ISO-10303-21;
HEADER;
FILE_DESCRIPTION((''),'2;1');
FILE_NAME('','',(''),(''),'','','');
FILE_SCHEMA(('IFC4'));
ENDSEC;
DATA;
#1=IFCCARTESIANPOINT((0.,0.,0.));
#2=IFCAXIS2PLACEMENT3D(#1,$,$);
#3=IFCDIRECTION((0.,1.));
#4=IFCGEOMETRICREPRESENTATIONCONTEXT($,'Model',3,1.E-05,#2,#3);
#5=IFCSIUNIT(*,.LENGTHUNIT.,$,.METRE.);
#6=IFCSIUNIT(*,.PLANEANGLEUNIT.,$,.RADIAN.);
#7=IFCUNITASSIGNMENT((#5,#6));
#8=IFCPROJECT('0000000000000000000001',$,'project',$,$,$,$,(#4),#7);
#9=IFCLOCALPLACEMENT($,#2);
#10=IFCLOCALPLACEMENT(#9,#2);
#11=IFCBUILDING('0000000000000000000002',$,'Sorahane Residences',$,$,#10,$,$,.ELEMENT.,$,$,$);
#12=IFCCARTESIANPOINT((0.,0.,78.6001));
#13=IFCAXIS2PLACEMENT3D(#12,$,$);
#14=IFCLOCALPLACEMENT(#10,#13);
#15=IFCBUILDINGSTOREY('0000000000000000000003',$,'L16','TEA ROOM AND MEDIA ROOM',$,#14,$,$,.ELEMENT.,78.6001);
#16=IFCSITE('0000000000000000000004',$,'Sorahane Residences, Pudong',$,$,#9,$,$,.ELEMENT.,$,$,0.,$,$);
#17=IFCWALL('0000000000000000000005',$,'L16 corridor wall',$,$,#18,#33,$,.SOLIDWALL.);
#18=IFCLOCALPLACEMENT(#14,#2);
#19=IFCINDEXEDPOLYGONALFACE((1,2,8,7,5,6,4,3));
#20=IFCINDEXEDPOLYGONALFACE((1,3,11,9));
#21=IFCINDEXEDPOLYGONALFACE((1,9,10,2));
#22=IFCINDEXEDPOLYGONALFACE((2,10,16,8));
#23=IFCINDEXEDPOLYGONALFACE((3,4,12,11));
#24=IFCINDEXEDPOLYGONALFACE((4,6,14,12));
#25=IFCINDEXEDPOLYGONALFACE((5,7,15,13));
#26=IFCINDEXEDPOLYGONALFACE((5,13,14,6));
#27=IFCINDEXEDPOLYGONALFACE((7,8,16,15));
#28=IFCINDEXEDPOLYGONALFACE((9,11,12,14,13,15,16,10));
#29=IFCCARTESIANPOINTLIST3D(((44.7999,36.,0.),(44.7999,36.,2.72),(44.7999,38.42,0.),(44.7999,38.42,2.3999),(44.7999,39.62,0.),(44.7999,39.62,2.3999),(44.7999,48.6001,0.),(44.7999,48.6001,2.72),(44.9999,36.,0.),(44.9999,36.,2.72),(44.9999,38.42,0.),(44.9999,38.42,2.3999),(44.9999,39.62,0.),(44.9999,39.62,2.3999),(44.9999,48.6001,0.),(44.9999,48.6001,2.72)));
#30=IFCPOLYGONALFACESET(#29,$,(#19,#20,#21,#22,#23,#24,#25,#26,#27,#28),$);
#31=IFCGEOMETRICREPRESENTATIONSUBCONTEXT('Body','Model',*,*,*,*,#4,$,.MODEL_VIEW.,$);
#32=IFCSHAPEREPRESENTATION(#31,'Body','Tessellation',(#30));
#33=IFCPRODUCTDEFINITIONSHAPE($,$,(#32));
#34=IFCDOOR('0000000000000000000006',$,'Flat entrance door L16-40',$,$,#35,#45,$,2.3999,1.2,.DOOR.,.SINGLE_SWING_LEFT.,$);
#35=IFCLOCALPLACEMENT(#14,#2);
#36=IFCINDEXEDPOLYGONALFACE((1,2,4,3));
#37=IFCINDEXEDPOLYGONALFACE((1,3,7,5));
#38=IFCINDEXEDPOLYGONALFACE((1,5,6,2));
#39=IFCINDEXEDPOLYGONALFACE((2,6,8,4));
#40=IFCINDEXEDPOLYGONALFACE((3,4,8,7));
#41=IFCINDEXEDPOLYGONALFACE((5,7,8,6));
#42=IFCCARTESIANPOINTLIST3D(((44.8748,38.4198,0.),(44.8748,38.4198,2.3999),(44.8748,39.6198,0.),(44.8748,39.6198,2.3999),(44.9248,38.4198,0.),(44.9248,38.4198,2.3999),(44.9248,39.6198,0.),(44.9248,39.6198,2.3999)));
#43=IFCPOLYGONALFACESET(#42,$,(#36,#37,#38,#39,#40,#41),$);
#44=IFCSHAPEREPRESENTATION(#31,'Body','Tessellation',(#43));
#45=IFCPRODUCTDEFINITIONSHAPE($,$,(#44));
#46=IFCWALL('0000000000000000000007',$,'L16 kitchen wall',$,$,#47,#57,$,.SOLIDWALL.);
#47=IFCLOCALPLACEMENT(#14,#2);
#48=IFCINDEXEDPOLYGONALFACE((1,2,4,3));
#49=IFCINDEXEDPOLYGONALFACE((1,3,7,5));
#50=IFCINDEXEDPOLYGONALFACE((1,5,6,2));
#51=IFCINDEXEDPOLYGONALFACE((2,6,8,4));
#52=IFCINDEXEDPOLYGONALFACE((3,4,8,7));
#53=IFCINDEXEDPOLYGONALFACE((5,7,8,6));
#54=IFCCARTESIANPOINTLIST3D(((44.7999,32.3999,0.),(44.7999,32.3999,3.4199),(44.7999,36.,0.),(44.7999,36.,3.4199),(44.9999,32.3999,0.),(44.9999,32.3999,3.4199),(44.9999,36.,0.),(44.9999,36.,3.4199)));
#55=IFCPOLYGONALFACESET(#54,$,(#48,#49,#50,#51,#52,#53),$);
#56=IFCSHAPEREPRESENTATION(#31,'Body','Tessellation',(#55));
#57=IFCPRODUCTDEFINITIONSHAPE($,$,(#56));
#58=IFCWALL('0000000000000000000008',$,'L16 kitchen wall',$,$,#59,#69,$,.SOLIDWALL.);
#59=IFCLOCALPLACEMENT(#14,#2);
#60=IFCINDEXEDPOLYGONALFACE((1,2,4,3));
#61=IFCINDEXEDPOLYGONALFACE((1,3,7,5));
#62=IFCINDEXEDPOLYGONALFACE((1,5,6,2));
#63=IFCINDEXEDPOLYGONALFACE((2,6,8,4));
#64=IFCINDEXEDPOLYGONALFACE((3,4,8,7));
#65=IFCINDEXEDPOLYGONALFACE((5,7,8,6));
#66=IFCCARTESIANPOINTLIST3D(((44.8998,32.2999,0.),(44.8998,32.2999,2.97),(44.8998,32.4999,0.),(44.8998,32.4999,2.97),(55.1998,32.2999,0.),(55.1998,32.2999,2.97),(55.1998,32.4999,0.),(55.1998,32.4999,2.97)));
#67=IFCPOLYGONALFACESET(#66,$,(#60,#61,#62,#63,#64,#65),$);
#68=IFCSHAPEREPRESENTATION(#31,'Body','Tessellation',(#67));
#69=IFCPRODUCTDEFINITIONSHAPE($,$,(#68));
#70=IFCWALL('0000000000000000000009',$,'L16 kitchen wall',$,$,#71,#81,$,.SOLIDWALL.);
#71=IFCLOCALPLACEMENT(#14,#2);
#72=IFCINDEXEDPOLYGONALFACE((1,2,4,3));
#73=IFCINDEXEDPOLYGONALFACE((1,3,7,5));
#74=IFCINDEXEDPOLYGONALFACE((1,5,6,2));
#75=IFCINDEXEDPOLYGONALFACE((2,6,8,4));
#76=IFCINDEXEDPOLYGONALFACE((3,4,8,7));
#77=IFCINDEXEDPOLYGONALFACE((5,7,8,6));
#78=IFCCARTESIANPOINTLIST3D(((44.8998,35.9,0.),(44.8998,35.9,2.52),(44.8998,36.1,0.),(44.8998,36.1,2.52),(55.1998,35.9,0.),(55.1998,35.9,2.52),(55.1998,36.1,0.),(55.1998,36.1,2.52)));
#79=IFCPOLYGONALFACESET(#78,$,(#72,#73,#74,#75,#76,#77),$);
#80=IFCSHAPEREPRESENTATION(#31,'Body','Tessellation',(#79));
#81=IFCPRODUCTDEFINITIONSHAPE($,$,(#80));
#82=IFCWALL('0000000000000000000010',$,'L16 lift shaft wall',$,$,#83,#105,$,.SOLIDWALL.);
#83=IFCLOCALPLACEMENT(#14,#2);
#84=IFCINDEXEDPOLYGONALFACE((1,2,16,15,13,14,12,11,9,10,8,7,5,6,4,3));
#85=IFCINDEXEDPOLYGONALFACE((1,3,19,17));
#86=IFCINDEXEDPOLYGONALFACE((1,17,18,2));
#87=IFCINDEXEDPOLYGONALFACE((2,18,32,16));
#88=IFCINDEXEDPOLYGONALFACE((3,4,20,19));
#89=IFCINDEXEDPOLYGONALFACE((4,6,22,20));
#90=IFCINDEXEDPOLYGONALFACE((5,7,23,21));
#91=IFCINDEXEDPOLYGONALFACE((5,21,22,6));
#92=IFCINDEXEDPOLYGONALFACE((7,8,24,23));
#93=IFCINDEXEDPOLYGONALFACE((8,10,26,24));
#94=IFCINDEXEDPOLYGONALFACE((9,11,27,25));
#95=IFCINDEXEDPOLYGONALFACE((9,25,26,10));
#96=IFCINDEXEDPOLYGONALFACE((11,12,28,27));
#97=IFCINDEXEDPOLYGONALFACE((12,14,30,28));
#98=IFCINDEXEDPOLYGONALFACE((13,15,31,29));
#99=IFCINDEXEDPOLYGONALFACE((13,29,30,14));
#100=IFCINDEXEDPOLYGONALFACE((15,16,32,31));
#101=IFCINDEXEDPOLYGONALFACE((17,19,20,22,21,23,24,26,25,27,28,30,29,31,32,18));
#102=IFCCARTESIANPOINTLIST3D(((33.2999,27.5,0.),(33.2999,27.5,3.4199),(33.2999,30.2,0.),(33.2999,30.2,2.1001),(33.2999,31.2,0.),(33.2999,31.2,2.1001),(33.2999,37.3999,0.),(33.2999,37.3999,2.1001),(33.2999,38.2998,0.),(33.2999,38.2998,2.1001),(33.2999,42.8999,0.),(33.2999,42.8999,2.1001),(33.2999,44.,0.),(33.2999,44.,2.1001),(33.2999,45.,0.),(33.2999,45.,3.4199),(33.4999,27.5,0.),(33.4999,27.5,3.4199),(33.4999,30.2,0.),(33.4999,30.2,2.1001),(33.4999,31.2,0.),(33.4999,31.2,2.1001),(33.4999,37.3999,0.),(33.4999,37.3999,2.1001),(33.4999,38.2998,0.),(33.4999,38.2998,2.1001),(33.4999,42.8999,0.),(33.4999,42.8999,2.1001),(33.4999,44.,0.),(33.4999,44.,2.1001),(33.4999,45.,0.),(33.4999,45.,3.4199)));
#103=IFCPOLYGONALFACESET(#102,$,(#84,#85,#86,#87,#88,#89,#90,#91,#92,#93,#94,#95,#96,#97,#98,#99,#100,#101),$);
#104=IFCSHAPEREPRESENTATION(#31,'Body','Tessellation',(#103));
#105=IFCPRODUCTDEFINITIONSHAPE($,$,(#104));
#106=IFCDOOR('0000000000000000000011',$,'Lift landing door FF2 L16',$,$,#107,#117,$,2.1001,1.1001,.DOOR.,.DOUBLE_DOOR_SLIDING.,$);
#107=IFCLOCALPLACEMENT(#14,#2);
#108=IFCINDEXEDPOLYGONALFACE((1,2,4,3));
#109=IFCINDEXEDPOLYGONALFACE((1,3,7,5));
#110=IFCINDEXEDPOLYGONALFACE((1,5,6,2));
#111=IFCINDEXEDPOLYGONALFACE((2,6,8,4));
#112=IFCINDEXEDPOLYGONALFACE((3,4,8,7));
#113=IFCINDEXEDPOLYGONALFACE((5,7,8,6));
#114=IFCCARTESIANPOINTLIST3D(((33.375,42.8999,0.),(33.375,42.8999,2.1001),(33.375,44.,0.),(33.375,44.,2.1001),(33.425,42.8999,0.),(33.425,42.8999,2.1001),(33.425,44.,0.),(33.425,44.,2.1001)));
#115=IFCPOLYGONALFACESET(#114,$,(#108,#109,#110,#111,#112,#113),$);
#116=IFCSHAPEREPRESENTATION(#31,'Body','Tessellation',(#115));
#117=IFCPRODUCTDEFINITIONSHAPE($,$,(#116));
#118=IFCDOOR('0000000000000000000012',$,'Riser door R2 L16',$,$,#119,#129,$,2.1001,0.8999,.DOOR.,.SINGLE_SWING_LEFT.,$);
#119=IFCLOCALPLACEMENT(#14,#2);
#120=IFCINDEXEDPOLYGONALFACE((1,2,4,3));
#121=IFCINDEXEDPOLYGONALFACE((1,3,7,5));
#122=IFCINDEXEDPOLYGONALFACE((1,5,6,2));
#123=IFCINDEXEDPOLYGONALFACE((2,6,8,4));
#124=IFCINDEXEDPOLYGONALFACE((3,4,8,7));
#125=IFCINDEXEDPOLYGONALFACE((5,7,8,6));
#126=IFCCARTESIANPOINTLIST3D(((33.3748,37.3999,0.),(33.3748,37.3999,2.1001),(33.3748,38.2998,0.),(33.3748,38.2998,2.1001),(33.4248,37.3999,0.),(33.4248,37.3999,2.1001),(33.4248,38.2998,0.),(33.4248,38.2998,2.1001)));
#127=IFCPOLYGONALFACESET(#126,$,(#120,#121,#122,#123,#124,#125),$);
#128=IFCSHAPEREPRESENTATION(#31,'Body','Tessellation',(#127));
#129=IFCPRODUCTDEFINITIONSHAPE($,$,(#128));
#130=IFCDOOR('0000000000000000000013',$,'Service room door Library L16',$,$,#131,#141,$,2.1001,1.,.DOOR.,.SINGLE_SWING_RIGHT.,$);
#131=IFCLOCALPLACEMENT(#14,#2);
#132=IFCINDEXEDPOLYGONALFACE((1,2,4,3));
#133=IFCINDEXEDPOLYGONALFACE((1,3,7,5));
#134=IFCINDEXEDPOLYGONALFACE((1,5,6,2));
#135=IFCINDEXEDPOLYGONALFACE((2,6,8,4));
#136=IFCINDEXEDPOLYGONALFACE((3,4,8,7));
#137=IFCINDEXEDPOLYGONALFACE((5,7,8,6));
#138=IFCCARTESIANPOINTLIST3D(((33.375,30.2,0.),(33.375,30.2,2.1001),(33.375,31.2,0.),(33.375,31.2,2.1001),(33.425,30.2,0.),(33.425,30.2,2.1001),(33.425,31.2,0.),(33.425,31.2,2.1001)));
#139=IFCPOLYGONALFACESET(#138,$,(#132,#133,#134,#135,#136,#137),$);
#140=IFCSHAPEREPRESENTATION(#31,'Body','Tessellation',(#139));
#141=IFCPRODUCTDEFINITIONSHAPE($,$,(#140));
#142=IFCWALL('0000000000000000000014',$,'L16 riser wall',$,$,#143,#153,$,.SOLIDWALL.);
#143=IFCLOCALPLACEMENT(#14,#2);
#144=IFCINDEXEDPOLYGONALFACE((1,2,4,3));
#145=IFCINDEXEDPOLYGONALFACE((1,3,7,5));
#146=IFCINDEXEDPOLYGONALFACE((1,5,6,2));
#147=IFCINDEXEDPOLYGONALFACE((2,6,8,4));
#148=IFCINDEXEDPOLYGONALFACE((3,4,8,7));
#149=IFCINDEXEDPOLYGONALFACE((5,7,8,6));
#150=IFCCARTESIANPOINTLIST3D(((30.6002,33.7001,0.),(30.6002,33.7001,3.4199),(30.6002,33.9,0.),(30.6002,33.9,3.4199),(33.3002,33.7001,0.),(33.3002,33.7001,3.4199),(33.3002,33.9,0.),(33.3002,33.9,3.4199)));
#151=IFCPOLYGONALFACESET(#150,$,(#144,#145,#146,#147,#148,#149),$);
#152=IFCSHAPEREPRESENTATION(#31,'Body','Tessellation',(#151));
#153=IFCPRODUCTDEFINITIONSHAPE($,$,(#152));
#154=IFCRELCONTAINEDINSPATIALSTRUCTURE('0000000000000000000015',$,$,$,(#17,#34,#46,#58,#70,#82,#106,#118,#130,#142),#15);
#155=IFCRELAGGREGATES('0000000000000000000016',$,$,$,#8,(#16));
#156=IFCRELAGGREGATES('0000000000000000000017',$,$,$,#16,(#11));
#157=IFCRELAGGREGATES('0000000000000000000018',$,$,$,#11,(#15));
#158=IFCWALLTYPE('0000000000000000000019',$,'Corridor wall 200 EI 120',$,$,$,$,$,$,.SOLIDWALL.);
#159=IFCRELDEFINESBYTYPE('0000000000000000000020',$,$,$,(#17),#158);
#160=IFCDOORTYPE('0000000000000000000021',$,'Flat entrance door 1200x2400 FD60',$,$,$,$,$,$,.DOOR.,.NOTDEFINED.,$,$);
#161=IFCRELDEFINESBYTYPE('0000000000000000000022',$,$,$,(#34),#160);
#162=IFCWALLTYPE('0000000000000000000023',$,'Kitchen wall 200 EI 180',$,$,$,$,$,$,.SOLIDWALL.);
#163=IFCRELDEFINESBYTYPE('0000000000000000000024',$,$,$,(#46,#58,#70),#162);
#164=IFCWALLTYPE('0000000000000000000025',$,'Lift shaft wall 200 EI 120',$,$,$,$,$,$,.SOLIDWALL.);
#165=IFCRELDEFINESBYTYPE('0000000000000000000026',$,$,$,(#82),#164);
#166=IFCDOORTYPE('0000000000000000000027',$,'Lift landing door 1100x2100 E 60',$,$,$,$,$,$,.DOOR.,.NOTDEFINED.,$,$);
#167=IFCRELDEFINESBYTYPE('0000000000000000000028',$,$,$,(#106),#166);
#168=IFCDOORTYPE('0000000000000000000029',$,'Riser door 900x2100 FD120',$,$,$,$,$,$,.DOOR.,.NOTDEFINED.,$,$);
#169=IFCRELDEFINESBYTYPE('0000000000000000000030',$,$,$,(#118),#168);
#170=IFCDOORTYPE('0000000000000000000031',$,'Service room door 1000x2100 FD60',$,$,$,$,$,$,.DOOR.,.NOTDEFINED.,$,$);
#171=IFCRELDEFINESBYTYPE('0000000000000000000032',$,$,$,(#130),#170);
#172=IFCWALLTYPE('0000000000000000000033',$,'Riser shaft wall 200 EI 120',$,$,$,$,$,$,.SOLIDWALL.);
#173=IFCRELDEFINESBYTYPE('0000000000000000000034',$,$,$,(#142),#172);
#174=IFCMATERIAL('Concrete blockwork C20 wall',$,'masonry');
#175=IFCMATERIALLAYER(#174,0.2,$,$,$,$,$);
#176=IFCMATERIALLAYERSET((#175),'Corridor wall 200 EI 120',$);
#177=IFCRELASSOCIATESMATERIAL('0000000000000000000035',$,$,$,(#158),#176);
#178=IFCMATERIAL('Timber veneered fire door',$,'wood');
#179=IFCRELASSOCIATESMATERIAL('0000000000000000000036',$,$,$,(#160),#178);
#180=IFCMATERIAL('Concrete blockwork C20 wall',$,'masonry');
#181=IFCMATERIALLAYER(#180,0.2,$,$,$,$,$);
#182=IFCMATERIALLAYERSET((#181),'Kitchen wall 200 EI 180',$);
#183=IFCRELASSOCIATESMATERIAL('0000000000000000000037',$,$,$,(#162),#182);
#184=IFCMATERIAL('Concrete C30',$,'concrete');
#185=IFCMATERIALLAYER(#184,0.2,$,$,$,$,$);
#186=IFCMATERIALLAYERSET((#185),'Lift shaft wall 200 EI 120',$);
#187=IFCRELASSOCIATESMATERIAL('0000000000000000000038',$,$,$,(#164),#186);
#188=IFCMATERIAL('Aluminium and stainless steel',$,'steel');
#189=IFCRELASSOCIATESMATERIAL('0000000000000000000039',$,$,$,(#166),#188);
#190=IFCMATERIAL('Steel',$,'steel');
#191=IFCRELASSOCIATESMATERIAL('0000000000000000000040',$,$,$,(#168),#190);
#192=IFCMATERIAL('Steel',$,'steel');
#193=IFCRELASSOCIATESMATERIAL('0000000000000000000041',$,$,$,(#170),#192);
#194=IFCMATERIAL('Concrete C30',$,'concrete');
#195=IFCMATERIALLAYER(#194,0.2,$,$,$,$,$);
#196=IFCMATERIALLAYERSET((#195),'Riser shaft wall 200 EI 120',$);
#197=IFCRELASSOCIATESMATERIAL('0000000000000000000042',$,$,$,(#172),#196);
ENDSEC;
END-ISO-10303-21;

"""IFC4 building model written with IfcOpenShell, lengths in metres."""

from ifc_helpers import new_model, si_unit, direction, frame, frame_2d, origin, place, context, subcontext, project, spatial, rectangle, extrude, material, layer, layer_set, type_object, element, fill, save


model = new_model("IFC4")

# Units and contexts
model_context = context("Model", 3, precision=1e-05, world=origin(), true_north=direction((0.0, 1.0)))
body_context = subcontext(model_context, "Body", "Model", "MODEL_VIEW")
ifc_project = project(units=[si_unit("LENGTHUNIT", "METRE"), si_unit("PLANEANGLEUNIT", "RADIAN")], contexts=[model_context])

# Site, building, storey
site_placement = place(None, origin())
site = spatial("IfcSite", under=ifc_project, at=site_placement, Name="Sorahane Residences, Pudong", CompositionType="ELEMENT", RefElevation=0.0)
building_placement = place(site_placement, origin())
building = spatial("IfcBuilding", under=site, at=building_placement, Name="Sorahane Residences", CompositionType="ELEMENT")
storey_placement = place(building_placement, frame((0.0, 0.0, 78.6001)))
storey = spatial("IfcBuildingStorey", under=building, at=storey_placement, Name="L16", Description="TEA ROOM AND MEDIA ROOM", CompositionType="ELEMENT", Elevation=78.6001)

# Wall, opening, door
ifc_material_1 = material(Name="Concrete blockwork C20 wall", Category="masonry")
ifc_layer_1 = layer(ifc_material_1, 0.2)
ifc_layer_set_1 = layer_set([ifc_layer_1], Name="Corridor wall 200 EI 120")
wall_type_1 = type_object("IfcWallType", Name="Corridor wall 200 EI 120", PredefinedType="SOLIDWALL", material=ifc_layer_set_1)
wall_1_placement = place(storey_placement, frame((44.8999, 36.0, 0.0), z_axis=(0.0, 0.0, 1.0), x_axis=(0.0, 1.0, 0.0)))
wall_1 = element("IfcWall", 1, at=wall_1_placement, inside=storey, type_object=wall_type_1, Name="L16 corridor wall", PredefinedType="SOLIDWALL", context=body_context, shape_type="SweptSolid", body=[
    extrude(rectangle(XDim=12.6001, YDim=0.2, at=frame_2d((6.3, 0.0))), origin(), (0.0, 0.0, 1.0), 2.72),
])
opening_1_placement = place(wall_1_placement, frame((2.4199, 0.0, 0.0)))
opening_1 = element("IfcOpeningElement", 2, at=opening_1_placement, cuts=wall_1, PredefinedType="OPENING", context=body_context, shape_type="SweptSolid", body=[
    extrude(rectangle(XDim=1.2, YDim=2.3999, at=frame_2d((0.6001, 1.2))), frame((0.0, 0.1099, 0.0), z_axis=(0.0, -1.0, 0.0), x_axis=(1.0, 0.0, 0.0)), (0.0, 0.0, 1.0), 0.22),
])
ifc_material_2 = material(Name="Timber veneered fire door", Category="wood")
door_type_1 = type_object("IfcDoorType", Name="Flat entrance door 1200x2400 FD60", OperationType="NOTDEFINED", PredefinedType="DOOR", material=ifc_material_2)
door_1_placement = place(opening_1_placement, frame((1.2, 0.0, 0.0), z_axis=(0.0, 0.0, 1.0), x_axis=(-1.0, 0.0, 0.0)))
door_1 = element("IfcDoor", 3, at=door_1_placement, inside=storey, type_object=door_type_1, Name="Flat entrance door L16-40", OperationType="SINGLE_SWING_LEFT", OverallHeight=2.3999, OverallWidth=1.2, PredefinedType="DOOR", context=body_context, shape_type="SweptSolid", body=[
    extrude(rectangle(XDim=1.2, YDim=2.3999, at=frame_2d((0.6001, 1.2))), frame((0.0, 0.0249, 0.0), z_axis=(0.0, -1.0, 0.0), x_axis=(1.0, 0.0, 0.0)), (0.0, 0.0, 1.0), 0.05),
])
fill(opening_1, door_1)

# Walls
ifc_material_3 = material(Name="Concrete blockwork C20 wall", Category="masonry")
ifc_layer_2 = layer(ifc_material_3, 0.2)
ifc_layer_set_2 = layer_set([ifc_layer_2], Name="Kitchen wall 200 EI 180")
wall_type_2 = type_object("IfcWallType", Name="Kitchen wall 200 EI 180", PredefinedType="SOLIDWALL", material=ifc_layer_set_2)
wall_2_placement = place(storey_placement, frame((44.8999, 32.3999, 0.0), z_axis=(0.0, 0.0, 1.0), x_axis=(0.0, 1.0, 0.0)))
element("IfcWall", 4, at=wall_2_placement, inside=storey, type_object=wall_type_2, Name="L16 kitchen wall", PredefinedType="SOLIDWALL", context=body_context, shape_type="SweptSolid", body=[
    extrude(rectangle(XDim=3.6001, YDim=0.2, at=frame_2d((1.8, 0.0))), origin(), (0.0, 0.0, 1.0), 3.4199),
])
wall_3_placement = place(storey_placement, frame((44.8999, 32.3999, 0.0), z_axis=(0.0, 0.0, 1.0), x_axis=(1.0, 0.0, 0.0)))
element("IfcWall", 5, at=wall_3_placement, inside=storey, type_object=wall_type_2, Name="L16 kitchen wall", PredefinedType="SOLIDWALL", context=body_context, shape_type="SweptSolid", body=[
    extrude(rectangle(XDim=10.3, YDim=0.2, at=frame_2d((5.1499, 0.0))), origin(), (0.0, 0.0, 1.0), 2.97),
])
wall_4_placement = place(storey_placement, frame((44.8999, 36.0, 0.0), z_axis=(0.0, 0.0, 1.0), x_axis=(1.0, 0.0, 0.0)))
element("IfcWall", 6, at=wall_4_placement, inside=storey, type_object=wall_type_2, Name="L16 kitchen wall", PredefinedType="SOLIDWALL", context=body_context, shape_type="SweptSolid", body=[
    extrude(rectangle(XDim=10.3, YDim=0.2, at=frame_2d((5.1499, 0.0))), origin(), (0.0, 0.0, 1.0), 2.52),
])

# Wall, openings, doors
ifc_material_4 = material(Name="Concrete C30", Category="concrete")
ifc_layer_3 = layer(ifc_material_4, 0.2)
ifc_layer_set_3 = layer_set([ifc_layer_3], Name="Lift shaft wall 200 EI 120")
wall_type_3 = type_object("IfcWallType", Name="Lift shaft wall 200 EI 120", PredefinedType="SOLIDWALL", material=ifc_layer_set_3)
wall_5_placement = place(storey_placement, frame((33.3999, 27.5, 0.0), z_axis=(0.0, 0.0, 1.0), x_axis=(0.0, 1.0, 0.0)))
wall_5 = element("IfcWall", 7, at=wall_5_placement, inside=storey, type_object=wall_type_3, Name="L16 lift shaft wall", PredefinedType="SOLIDWALL", context=body_context, shape_type="SweptSolid", body=[
    extrude(rectangle(XDim=17.5, YDim=0.2, at=frame_2d((8.75, 0.0))), origin(), (0.0, 0.0, 1.0), 3.4199),
])
opening_2_placement = place(wall_5_placement, frame((15.3999, 0.0, 0.0)))
opening_2 = element("IfcOpeningElement", 8, at=opening_2_placement, cuts=wall_5, PredefinedType="OPENING", context=body_context, shape_type="SweptSolid", body=[
    extrude(rectangle(XDim=1.1001, YDim=2.1001, at=frame_2d((0.55, 1.05))), frame((0.0, 0.1099, 0.0), z_axis=(0.0, -1.0, 0.0), x_axis=(1.0, 0.0, 0.0)), (0.0, 0.0, 1.0), 0.22),
])
opening_3_placement = place(wall_5_placement, frame((2.7, 0.0, 0.0)))
opening_3 = element("IfcOpeningElement", 9, at=opening_3_placement, cuts=wall_5, PredefinedType="OPENING", context=body_context, shape_type="SweptSolid", body=[
    extrude(rectangle(XDim=1.0, YDim=2.1001, at=frame_2d((0.5, 1.05))), frame((0.0, 0.1099, 0.0), z_axis=(0.0, -1.0, 0.0), x_axis=(1.0, 0.0, 0.0)), (0.0, 0.0, 1.0), 0.22),
])
opening_4_placement = place(wall_5_placement, frame((9.8999, 0.0, 0.0)))
opening_4 = element("IfcOpeningElement", 10, at=opening_4_placement, cuts=wall_5, PredefinedType="OPENING", context=body_context, shape_type="SweptSolid", body=[
    extrude(rectangle(XDim=0.8999, YDim=2.1001, at=frame_2d((0.45, 1.05))), frame((0.0, 0.1099, 0.0), z_axis=(0.0, -1.0, 0.0), x_axis=(1.0, 0.0, 0.0)), (0.0, 0.0, 1.0), 0.22),
])
ifc_material_5 = material(Name="Aluminium and stainless steel", Category="steel")
door_type_2 = type_object("IfcDoorType", Name="Lift landing door 1100x2100 E 60", OperationType="NOTDEFINED", PredefinedType="DOOR", material=ifc_material_5)
door_2_placement = place(opening_2_placement, origin())
door_2 = element("IfcDoor", 11, at=door_2_placement, inside=storey, type_object=door_type_2, Name="Lift landing door FF2 L16", OperationType="DOUBLE_DOOR_SLIDING", OverallHeight=2.1001, OverallWidth=1.1001, PredefinedType="DOOR", context=body_context, shape_type="SweptSolid", body=[
    extrude(rectangle(XDim=1.1001, YDim=2.1001, at=frame_2d((0.55, 1.05))), frame((0.0, 0.0249, 0.0), z_axis=(0.0, -1.0, 0.0), x_axis=(1.0, 0.0, 0.0)), (0.0, 0.0, 1.0), 0.05),
])
fill(opening_2, door_2)
ifc_material_6 = material(Name="Steel", Category="steel")
door_type_3 = type_object("IfcDoorType", Name="Riser door 900x2100 FD120", OperationType="NOTDEFINED", PredefinedType="DOOR", material=ifc_material_6)
door_3_placement = place(opening_4_placement, frame((0.8999, 0.0, 0.0), z_axis=(0.0, 0.0, 1.0), x_axis=(-1.0, 0.0, 0.0)))
door_3 = element("IfcDoor", 12, at=door_3_placement, inside=storey, type_object=door_type_3, Name="Riser door R2 L16", OperationType="SINGLE_SWING_LEFT", OverallHeight=2.1001, OverallWidth=0.8999, PredefinedType="DOOR", context=body_context, shape_type="SweptSolid", body=[
    extrude(rectangle(XDim=0.8999, YDim=2.1001, at=frame_2d((0.45, 1.05))), frame((0.0, 0.0249, 0.0), z_axis=(0.0, -1.0, 0.0), x_axis=(1.0, 0.0, 0.0)), (0.0, 0.0, 1.0), 0.05),
])
fill(opening_4, door_3)
ifc_material_7 = material(Name="Steel", Category="steel")
door_type_4 = type_object("IfcDoorType", Name="Service room door 1000x2100 FD60", OperationType="NOTDEFINED", PredefinedType="DOOR", material=ifc_material_7)
door_4_placement = place(opening_3_placement, origin())
door_4 = element("IfcDoor", 13, at=door_4_placement, inside=storey, type_object=door_type_4, Name="Service room door Library L16", OperationType="SINGLE_SWING_RIGHT", OverallHeight=2.1001, OverallWidth=1.0, PredefinedType="DOOR", context=body_context, shape_type="SweptSolid", body=[
    extrude(rectangle(XDim=1.0, YDim=2.1001, at=frame_2d((0.5, 1.05))), frame((0.0, 0.0249, 0.0), z_axis=(0.0, -1.0, 0.0), x_axis=(1.0, 0.0, 0.0)), (0.0, 0.0, 1.0), 0.05),
])
fill(opening_3, door_4)

# Wall
ifc_material_8 = material(Name="Concrete C30", Category="concrete")
ifc_layer_4 = layer(ifc_material_8, 0.2)
ifc_layer_set_4 = layer_set([ifc_layer_4], Name="Riser shaft wall 200 EI 120")
wall_type_4 = type_object("IfcWallType", Name="Riser shaft wall 200 EI 120", PredefinedType="SOLIDWALL", material=ifc_layer_set_4)
wall_6_placement = place(storey_placement, frame((30.6001, 33.8, 0.0), z_axis=(0.0, 0.0, 1.0), x_axis=(1.0, 0.0, 0.0)))
element("IfcWall", 14, at=wall_6_placement, inside=storey, type_object=wall_type_4, Name="L16 riser wall", PredefinedType="SOLIDWALL", context=body_context, shape_type="SweptSolid", body=[
    extrude(rectangle(XDim=2.7, YDim=0.2, at=frame_2d((1.3501, 0.0))), origin(), (0.0, 0.0, 1.0), 3.4199),
])

save(model, "model.ifc")
